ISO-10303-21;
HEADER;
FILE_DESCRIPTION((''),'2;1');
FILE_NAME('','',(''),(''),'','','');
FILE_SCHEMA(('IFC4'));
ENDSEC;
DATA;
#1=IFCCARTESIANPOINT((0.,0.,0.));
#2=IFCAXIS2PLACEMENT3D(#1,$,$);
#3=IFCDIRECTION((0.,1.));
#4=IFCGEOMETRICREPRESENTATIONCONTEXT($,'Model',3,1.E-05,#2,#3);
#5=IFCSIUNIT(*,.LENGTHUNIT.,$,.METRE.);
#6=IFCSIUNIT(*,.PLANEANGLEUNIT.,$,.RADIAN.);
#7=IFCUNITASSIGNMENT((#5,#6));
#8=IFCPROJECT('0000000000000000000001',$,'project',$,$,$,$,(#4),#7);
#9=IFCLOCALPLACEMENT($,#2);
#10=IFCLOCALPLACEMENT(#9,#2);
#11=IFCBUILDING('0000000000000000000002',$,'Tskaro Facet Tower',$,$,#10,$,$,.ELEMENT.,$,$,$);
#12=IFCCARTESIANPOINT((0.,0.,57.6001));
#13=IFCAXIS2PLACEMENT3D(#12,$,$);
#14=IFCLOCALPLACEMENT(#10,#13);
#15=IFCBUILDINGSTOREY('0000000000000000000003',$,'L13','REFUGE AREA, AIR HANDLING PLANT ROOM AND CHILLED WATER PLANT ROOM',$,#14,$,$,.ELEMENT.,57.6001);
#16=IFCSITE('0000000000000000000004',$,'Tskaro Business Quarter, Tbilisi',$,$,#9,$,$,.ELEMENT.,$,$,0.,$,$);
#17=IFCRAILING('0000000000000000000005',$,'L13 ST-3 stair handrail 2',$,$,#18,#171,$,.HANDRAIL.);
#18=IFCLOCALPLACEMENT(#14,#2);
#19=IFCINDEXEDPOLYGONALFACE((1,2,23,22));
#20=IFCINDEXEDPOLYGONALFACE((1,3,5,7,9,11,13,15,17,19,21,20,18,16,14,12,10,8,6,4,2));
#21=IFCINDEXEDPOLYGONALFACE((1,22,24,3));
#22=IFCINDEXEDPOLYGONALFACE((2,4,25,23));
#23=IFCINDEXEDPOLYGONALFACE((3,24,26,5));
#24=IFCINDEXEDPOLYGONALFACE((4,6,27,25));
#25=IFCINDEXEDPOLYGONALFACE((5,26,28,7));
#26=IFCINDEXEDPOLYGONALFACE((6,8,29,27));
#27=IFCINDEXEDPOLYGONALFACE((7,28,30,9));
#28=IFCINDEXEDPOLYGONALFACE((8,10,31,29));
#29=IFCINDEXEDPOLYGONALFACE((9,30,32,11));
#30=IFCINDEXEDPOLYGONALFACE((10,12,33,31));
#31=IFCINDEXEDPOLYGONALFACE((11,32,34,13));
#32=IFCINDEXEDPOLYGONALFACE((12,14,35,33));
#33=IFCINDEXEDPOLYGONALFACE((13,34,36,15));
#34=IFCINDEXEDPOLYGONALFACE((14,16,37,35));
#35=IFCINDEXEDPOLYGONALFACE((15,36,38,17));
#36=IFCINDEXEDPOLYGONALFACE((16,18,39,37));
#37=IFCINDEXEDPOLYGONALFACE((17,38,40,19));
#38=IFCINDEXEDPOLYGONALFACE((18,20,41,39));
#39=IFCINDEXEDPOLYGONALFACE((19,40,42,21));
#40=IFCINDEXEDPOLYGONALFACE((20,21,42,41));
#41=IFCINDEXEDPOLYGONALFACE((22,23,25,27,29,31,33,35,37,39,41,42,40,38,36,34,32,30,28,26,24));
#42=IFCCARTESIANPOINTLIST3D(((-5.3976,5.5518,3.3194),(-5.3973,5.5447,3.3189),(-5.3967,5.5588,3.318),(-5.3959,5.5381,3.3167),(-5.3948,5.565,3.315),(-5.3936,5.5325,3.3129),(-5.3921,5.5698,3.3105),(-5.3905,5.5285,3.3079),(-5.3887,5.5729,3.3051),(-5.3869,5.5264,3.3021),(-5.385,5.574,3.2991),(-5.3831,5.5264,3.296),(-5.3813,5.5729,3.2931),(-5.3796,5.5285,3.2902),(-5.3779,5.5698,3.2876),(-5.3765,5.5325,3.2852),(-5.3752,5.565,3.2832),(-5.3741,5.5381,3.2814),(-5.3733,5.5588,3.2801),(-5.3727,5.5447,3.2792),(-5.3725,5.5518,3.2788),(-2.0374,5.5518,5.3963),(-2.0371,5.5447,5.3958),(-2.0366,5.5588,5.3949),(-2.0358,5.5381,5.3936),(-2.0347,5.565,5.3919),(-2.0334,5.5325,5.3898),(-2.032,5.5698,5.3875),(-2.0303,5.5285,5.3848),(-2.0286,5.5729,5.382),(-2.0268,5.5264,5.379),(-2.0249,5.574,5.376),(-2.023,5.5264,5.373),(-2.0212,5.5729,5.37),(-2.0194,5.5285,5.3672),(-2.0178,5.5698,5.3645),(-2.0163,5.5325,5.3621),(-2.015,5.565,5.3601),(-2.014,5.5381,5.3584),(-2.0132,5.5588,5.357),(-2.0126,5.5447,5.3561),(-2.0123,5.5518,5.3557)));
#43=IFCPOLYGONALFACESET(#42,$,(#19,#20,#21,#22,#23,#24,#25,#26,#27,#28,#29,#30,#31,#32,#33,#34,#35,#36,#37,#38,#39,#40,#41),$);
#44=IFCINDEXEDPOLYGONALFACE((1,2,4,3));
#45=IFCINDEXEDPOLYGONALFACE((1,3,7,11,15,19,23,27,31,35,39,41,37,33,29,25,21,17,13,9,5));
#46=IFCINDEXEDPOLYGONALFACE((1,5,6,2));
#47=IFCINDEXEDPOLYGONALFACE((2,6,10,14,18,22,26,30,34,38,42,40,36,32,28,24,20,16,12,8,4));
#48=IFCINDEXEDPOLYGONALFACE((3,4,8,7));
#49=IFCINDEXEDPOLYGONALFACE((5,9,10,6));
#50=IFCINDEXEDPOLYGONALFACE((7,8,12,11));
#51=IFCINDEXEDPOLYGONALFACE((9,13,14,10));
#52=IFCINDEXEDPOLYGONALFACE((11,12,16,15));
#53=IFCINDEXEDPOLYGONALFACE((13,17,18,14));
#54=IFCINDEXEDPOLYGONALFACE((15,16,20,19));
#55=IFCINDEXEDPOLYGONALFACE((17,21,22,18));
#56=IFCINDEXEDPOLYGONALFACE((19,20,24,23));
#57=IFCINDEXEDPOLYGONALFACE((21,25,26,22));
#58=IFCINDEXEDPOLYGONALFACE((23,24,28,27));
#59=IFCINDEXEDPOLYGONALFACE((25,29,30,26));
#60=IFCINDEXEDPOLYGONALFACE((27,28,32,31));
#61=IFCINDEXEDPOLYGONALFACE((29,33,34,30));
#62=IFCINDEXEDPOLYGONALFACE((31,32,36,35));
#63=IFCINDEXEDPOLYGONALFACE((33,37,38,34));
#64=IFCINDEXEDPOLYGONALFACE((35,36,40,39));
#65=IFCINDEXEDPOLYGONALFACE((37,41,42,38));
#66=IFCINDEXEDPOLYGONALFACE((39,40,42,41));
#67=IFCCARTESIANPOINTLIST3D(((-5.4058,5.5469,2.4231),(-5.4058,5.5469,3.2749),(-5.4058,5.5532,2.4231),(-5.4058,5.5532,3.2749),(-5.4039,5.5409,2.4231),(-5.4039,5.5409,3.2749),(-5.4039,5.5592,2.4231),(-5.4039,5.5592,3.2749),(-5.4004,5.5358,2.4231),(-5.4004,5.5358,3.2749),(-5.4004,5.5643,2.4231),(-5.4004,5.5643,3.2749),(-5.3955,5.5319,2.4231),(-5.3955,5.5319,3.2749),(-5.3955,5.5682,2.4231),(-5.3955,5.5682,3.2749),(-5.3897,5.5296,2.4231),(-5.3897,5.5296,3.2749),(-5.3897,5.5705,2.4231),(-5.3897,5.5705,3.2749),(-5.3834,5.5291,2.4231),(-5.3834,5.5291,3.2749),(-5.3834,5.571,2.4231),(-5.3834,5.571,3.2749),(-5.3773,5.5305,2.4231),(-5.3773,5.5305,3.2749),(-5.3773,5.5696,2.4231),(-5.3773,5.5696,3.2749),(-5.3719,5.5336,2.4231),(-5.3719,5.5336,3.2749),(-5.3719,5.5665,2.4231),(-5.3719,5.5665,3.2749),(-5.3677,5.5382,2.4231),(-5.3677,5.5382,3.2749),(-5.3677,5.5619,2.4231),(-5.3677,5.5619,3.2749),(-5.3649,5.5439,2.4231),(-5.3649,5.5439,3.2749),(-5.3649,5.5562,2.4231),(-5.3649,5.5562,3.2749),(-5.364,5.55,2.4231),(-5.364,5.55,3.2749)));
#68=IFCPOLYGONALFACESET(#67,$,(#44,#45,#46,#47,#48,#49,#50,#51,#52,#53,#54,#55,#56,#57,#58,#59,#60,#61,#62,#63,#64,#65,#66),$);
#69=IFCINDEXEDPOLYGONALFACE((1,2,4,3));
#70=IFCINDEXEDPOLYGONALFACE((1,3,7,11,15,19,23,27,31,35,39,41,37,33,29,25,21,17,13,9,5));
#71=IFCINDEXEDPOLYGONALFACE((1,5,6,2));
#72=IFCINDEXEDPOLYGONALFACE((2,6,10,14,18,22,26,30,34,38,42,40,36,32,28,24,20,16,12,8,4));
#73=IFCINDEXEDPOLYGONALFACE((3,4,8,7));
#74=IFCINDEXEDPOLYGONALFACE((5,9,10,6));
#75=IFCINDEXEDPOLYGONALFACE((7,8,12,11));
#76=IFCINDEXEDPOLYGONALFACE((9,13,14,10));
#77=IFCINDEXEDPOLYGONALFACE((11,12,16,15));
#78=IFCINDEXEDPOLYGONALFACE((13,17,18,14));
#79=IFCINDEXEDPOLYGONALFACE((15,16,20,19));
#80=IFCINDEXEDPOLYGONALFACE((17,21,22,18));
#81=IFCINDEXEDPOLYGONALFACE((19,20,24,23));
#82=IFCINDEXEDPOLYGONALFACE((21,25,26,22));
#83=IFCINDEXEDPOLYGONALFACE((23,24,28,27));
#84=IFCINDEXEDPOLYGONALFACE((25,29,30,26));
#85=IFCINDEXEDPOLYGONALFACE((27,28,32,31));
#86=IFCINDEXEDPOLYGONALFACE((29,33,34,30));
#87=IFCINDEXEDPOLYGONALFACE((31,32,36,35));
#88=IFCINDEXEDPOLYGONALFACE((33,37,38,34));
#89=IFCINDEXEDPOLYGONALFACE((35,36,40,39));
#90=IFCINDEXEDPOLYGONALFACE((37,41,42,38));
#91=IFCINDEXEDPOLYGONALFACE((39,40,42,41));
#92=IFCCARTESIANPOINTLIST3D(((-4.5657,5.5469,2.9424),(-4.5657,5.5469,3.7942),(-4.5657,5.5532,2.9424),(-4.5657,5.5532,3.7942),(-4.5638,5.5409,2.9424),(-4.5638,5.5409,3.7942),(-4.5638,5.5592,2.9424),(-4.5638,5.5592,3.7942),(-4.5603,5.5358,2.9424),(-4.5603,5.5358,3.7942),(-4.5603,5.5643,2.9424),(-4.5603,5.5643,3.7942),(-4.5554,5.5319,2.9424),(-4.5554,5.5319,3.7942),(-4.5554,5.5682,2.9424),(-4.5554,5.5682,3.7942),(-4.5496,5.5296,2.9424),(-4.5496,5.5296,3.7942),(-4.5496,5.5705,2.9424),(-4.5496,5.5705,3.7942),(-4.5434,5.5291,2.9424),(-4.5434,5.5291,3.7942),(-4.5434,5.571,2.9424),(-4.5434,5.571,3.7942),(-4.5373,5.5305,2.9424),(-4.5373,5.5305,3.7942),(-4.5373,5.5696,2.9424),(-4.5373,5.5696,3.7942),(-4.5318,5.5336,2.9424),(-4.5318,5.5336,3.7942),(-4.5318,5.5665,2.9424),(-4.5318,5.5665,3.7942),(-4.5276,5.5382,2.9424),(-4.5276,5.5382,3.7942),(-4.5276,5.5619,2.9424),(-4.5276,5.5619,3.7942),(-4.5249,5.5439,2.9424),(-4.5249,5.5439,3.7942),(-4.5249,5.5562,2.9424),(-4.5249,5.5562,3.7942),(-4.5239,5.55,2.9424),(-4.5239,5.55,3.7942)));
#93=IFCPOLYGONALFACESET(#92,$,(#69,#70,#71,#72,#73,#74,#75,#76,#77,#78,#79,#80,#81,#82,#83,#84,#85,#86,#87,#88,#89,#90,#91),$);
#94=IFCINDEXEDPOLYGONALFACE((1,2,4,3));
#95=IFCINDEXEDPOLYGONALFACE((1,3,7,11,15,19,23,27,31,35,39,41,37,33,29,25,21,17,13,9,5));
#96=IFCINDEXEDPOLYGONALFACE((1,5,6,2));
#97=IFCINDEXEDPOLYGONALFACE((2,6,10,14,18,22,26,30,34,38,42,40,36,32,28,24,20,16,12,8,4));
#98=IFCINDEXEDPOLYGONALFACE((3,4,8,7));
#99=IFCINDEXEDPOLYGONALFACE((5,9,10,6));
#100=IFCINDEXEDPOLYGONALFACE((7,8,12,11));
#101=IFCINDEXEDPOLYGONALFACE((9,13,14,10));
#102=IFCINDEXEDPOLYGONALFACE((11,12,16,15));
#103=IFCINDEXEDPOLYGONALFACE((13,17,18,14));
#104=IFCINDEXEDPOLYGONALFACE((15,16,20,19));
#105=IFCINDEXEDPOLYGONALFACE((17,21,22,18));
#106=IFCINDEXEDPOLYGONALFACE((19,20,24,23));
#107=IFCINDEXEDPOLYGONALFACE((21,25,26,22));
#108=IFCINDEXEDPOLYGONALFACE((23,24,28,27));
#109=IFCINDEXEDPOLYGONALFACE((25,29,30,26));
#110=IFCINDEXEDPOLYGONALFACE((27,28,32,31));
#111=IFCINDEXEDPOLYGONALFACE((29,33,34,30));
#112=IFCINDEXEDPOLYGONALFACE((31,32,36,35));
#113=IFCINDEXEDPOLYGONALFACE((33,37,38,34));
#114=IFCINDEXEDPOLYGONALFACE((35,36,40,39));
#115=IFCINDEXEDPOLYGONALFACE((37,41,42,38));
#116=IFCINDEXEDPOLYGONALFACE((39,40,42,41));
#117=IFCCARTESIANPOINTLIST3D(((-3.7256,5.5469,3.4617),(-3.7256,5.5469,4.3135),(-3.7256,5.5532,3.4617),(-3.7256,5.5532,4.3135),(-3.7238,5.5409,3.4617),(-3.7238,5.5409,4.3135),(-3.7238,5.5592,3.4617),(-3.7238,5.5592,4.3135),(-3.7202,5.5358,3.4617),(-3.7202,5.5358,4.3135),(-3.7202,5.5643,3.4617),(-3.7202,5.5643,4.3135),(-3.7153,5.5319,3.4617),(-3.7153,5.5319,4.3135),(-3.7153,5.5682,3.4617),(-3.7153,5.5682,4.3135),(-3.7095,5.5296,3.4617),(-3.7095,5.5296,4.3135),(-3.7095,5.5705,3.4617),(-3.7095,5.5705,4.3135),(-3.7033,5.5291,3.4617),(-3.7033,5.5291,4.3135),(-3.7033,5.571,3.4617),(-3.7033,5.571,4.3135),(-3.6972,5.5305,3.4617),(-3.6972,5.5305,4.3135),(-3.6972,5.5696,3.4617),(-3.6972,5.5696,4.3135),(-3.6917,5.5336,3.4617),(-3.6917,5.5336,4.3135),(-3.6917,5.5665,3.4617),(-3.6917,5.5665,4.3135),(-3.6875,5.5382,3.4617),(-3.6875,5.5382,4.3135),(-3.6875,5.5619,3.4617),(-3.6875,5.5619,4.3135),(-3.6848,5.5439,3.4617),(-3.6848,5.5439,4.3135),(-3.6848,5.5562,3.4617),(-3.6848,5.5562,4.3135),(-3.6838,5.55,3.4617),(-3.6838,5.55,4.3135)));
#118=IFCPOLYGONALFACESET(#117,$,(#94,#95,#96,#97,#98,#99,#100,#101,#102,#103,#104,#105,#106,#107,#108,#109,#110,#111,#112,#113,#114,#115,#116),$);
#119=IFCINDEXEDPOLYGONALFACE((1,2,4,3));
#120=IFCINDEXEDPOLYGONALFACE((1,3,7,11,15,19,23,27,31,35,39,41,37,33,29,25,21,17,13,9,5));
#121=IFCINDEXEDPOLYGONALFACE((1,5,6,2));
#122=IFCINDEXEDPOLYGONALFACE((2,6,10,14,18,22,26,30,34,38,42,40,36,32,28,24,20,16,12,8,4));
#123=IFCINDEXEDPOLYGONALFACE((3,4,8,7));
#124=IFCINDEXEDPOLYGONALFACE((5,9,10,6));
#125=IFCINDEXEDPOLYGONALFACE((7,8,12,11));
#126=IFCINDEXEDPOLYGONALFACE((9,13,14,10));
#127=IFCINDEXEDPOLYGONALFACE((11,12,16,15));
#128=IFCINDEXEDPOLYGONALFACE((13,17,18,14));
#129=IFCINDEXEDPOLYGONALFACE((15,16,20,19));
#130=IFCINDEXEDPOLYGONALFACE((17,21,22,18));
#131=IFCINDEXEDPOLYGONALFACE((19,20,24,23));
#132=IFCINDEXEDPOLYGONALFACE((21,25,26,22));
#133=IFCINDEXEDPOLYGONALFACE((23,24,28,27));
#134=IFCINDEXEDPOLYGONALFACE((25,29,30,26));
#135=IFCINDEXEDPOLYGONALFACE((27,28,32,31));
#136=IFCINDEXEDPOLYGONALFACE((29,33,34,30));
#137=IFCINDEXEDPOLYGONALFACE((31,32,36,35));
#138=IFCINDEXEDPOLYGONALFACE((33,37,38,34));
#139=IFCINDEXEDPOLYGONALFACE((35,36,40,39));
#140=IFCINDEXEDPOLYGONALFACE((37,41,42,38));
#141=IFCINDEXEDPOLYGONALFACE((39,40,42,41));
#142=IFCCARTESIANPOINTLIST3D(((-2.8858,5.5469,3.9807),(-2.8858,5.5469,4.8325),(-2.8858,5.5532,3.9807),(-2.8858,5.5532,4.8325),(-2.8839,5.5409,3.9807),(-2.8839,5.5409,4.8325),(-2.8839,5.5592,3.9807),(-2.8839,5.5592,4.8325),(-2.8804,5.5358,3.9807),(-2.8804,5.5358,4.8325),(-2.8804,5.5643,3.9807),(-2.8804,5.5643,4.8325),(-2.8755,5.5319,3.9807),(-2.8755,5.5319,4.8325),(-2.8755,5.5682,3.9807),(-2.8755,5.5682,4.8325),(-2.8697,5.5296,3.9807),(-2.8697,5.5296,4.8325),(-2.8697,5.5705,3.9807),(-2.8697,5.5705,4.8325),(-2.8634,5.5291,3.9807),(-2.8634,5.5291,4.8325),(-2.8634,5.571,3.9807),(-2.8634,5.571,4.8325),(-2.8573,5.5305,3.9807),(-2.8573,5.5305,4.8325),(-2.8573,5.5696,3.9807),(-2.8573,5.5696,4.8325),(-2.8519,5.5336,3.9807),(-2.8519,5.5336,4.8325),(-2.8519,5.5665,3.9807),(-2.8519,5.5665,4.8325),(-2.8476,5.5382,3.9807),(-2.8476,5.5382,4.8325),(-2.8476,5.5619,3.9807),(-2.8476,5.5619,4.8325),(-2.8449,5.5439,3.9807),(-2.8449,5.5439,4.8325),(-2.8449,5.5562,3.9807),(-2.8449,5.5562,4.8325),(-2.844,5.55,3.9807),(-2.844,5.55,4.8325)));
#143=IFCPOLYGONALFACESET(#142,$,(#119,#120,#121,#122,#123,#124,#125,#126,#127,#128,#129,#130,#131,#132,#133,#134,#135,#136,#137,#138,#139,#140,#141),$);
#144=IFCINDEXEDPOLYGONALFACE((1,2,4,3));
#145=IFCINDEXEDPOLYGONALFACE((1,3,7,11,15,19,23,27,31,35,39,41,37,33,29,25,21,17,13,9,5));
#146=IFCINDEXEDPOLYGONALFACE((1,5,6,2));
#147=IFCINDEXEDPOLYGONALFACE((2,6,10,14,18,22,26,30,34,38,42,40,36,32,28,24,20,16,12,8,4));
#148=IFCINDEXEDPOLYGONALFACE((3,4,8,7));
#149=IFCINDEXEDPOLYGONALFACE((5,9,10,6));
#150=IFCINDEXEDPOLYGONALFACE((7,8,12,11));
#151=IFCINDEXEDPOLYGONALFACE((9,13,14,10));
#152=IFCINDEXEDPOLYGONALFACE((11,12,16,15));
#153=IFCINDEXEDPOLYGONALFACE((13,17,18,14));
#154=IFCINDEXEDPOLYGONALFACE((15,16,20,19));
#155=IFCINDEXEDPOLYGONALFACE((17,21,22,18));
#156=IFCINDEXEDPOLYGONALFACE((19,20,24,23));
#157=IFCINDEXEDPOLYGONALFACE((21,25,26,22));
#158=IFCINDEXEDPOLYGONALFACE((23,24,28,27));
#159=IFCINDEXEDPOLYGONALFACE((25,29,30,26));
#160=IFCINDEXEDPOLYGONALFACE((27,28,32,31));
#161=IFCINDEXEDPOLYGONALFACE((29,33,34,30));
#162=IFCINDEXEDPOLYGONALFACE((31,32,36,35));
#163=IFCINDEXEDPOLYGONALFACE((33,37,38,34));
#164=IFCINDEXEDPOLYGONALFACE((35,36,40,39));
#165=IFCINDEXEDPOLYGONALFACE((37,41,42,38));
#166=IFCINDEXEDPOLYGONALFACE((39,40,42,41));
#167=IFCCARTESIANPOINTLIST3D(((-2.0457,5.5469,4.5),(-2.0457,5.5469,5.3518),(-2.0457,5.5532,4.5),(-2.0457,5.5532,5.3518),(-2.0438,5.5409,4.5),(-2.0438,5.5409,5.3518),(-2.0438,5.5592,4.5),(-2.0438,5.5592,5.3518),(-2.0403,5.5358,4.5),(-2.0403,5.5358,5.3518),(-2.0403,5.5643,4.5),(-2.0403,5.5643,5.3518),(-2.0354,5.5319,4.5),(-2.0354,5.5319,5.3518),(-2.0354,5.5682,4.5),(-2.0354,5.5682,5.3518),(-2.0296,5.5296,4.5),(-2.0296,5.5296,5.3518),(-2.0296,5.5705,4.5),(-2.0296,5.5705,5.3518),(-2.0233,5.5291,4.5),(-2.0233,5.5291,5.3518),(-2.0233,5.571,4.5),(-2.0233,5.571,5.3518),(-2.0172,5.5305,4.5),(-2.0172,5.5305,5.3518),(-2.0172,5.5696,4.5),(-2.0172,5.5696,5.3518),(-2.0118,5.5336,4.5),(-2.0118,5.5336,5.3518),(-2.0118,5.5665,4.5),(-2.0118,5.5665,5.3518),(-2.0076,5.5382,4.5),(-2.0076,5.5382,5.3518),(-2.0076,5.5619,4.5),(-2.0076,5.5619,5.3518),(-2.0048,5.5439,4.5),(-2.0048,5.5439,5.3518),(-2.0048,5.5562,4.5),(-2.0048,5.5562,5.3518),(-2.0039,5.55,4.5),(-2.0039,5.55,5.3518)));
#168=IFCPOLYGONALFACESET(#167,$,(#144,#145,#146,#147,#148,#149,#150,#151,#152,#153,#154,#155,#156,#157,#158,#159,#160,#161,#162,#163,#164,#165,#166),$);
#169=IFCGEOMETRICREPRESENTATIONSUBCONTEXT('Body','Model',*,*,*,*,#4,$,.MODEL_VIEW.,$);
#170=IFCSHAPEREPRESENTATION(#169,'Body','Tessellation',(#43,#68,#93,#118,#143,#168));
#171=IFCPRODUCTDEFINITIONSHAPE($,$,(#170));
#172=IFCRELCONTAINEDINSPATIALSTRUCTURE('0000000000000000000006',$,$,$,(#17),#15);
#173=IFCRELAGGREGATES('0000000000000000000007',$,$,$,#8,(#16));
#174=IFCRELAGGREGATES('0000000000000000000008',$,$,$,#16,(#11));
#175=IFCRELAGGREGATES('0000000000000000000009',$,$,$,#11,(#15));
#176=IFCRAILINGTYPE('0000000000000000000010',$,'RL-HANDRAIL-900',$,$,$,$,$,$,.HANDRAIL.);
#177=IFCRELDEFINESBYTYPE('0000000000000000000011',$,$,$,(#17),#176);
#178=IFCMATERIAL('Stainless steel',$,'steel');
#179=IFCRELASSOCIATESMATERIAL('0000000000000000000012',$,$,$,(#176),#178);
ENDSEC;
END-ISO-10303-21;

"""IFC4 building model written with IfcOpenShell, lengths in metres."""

from ifc_helpers import new_model, si_unit, direction, frame, origin, origin_2d, place, context, subcontext, project, spatial, circle, extrude, material, type_object, element, save


model = new_model("IFC4")

# Units and contexts
model_context = context("Model", 3, precision=1e-05, world=origin(), true_north=direction((0.0, 1.0)))
body_context = subcontext(model_context, "Body", "Model", "MODEL_VIEW")
ifc_project = project(units=[si_unit("LENGTHUNIT", "METRE"), si_unit("PLANEANGLEUNIT", "RADIAN")], contexts=[model_context])

# Site, building, storey
site_placement = place(None, origin())
site = spatial("IfcSite", under=ifc_project, at=site_placement, Name="Tskaro Business Quarter, Tbilisi", CompositionType="ELEMENT", RefElevation=0.0)
building_placement = place(site_placement, origin())
building = spatial("IfcBuilding", under=site, at=building_placement, Name="Tskaro Facet Tower", CompositionType="ELEMENT")
storey_placement = place(building_placement, frame((0.0, 0.0, 57.6001)))
storey = spatial("IfcBuildingStorey", under=building, at=storey_placement, Name="L13", Description="REFUGE AREA, AIR HANDLING PLANT ROOM AND CHILLED WATER PLANT ROOM", CompositionType="ELEMENT", Elevation=57.6001)

# Railing
ifc_material_1 = material(Name="Stainless steel", Category="steel")
railing_type = type_object("IfcRailingType", Name="RL-HANDRAIL-900", PredefinedType="HANDRAIL", material=ifc_material_1)
railing_placement = place(storey_placement, frame((-5.385, 5.55, 2.4231)))
element("IfcRailing", 1, at=railing_placement, inside=storey, type_object=railing_type, Name="L13 ST-3 stair handrail 2", PredefinedType="HANDRAIL", context=body_context, shape_type="SweptSolid", body=[
    extrude(circle(Radius=0.0239, at=origin_2d()), frame((0.0, 0.0, 0.876), z_axis=(0.850623, 0.0, 0.525776), x_axis=(0.0, 1.0, 0.0)), (0.0, 0.0, 1.0), 3.9502),
    extrude(circle(Radius=0.021, at=origin_2d()), origin(), (0.0, 0.0, 1.0), 0.8518),
    extrude(circle(Radius=0.021, at=origin_2d()), frame((0.8401, 0.0, 0.5193)), (0.0, 0.0, 1.0), 0.8518),
    extrude(circle(Radius=0.021, at=origin_2d()), frame((1.6802, 0.0, 1.0386)), (0.0, 0.0, 1.0), 0.8518),
    extrude(circle(Radius=0.021, at=origin_2d()), frame((2.52, 0.0, 1.5576)), (0.0, 0.0, 1.0), 0.8518),
    extrude(circle(Radius=0.021, at=origin_2d()), frame((3.3601, 0.0, 2.0769)), (0.0, 0.0, 1.0), 0.8518),
])

save(model, "model.ifc")
